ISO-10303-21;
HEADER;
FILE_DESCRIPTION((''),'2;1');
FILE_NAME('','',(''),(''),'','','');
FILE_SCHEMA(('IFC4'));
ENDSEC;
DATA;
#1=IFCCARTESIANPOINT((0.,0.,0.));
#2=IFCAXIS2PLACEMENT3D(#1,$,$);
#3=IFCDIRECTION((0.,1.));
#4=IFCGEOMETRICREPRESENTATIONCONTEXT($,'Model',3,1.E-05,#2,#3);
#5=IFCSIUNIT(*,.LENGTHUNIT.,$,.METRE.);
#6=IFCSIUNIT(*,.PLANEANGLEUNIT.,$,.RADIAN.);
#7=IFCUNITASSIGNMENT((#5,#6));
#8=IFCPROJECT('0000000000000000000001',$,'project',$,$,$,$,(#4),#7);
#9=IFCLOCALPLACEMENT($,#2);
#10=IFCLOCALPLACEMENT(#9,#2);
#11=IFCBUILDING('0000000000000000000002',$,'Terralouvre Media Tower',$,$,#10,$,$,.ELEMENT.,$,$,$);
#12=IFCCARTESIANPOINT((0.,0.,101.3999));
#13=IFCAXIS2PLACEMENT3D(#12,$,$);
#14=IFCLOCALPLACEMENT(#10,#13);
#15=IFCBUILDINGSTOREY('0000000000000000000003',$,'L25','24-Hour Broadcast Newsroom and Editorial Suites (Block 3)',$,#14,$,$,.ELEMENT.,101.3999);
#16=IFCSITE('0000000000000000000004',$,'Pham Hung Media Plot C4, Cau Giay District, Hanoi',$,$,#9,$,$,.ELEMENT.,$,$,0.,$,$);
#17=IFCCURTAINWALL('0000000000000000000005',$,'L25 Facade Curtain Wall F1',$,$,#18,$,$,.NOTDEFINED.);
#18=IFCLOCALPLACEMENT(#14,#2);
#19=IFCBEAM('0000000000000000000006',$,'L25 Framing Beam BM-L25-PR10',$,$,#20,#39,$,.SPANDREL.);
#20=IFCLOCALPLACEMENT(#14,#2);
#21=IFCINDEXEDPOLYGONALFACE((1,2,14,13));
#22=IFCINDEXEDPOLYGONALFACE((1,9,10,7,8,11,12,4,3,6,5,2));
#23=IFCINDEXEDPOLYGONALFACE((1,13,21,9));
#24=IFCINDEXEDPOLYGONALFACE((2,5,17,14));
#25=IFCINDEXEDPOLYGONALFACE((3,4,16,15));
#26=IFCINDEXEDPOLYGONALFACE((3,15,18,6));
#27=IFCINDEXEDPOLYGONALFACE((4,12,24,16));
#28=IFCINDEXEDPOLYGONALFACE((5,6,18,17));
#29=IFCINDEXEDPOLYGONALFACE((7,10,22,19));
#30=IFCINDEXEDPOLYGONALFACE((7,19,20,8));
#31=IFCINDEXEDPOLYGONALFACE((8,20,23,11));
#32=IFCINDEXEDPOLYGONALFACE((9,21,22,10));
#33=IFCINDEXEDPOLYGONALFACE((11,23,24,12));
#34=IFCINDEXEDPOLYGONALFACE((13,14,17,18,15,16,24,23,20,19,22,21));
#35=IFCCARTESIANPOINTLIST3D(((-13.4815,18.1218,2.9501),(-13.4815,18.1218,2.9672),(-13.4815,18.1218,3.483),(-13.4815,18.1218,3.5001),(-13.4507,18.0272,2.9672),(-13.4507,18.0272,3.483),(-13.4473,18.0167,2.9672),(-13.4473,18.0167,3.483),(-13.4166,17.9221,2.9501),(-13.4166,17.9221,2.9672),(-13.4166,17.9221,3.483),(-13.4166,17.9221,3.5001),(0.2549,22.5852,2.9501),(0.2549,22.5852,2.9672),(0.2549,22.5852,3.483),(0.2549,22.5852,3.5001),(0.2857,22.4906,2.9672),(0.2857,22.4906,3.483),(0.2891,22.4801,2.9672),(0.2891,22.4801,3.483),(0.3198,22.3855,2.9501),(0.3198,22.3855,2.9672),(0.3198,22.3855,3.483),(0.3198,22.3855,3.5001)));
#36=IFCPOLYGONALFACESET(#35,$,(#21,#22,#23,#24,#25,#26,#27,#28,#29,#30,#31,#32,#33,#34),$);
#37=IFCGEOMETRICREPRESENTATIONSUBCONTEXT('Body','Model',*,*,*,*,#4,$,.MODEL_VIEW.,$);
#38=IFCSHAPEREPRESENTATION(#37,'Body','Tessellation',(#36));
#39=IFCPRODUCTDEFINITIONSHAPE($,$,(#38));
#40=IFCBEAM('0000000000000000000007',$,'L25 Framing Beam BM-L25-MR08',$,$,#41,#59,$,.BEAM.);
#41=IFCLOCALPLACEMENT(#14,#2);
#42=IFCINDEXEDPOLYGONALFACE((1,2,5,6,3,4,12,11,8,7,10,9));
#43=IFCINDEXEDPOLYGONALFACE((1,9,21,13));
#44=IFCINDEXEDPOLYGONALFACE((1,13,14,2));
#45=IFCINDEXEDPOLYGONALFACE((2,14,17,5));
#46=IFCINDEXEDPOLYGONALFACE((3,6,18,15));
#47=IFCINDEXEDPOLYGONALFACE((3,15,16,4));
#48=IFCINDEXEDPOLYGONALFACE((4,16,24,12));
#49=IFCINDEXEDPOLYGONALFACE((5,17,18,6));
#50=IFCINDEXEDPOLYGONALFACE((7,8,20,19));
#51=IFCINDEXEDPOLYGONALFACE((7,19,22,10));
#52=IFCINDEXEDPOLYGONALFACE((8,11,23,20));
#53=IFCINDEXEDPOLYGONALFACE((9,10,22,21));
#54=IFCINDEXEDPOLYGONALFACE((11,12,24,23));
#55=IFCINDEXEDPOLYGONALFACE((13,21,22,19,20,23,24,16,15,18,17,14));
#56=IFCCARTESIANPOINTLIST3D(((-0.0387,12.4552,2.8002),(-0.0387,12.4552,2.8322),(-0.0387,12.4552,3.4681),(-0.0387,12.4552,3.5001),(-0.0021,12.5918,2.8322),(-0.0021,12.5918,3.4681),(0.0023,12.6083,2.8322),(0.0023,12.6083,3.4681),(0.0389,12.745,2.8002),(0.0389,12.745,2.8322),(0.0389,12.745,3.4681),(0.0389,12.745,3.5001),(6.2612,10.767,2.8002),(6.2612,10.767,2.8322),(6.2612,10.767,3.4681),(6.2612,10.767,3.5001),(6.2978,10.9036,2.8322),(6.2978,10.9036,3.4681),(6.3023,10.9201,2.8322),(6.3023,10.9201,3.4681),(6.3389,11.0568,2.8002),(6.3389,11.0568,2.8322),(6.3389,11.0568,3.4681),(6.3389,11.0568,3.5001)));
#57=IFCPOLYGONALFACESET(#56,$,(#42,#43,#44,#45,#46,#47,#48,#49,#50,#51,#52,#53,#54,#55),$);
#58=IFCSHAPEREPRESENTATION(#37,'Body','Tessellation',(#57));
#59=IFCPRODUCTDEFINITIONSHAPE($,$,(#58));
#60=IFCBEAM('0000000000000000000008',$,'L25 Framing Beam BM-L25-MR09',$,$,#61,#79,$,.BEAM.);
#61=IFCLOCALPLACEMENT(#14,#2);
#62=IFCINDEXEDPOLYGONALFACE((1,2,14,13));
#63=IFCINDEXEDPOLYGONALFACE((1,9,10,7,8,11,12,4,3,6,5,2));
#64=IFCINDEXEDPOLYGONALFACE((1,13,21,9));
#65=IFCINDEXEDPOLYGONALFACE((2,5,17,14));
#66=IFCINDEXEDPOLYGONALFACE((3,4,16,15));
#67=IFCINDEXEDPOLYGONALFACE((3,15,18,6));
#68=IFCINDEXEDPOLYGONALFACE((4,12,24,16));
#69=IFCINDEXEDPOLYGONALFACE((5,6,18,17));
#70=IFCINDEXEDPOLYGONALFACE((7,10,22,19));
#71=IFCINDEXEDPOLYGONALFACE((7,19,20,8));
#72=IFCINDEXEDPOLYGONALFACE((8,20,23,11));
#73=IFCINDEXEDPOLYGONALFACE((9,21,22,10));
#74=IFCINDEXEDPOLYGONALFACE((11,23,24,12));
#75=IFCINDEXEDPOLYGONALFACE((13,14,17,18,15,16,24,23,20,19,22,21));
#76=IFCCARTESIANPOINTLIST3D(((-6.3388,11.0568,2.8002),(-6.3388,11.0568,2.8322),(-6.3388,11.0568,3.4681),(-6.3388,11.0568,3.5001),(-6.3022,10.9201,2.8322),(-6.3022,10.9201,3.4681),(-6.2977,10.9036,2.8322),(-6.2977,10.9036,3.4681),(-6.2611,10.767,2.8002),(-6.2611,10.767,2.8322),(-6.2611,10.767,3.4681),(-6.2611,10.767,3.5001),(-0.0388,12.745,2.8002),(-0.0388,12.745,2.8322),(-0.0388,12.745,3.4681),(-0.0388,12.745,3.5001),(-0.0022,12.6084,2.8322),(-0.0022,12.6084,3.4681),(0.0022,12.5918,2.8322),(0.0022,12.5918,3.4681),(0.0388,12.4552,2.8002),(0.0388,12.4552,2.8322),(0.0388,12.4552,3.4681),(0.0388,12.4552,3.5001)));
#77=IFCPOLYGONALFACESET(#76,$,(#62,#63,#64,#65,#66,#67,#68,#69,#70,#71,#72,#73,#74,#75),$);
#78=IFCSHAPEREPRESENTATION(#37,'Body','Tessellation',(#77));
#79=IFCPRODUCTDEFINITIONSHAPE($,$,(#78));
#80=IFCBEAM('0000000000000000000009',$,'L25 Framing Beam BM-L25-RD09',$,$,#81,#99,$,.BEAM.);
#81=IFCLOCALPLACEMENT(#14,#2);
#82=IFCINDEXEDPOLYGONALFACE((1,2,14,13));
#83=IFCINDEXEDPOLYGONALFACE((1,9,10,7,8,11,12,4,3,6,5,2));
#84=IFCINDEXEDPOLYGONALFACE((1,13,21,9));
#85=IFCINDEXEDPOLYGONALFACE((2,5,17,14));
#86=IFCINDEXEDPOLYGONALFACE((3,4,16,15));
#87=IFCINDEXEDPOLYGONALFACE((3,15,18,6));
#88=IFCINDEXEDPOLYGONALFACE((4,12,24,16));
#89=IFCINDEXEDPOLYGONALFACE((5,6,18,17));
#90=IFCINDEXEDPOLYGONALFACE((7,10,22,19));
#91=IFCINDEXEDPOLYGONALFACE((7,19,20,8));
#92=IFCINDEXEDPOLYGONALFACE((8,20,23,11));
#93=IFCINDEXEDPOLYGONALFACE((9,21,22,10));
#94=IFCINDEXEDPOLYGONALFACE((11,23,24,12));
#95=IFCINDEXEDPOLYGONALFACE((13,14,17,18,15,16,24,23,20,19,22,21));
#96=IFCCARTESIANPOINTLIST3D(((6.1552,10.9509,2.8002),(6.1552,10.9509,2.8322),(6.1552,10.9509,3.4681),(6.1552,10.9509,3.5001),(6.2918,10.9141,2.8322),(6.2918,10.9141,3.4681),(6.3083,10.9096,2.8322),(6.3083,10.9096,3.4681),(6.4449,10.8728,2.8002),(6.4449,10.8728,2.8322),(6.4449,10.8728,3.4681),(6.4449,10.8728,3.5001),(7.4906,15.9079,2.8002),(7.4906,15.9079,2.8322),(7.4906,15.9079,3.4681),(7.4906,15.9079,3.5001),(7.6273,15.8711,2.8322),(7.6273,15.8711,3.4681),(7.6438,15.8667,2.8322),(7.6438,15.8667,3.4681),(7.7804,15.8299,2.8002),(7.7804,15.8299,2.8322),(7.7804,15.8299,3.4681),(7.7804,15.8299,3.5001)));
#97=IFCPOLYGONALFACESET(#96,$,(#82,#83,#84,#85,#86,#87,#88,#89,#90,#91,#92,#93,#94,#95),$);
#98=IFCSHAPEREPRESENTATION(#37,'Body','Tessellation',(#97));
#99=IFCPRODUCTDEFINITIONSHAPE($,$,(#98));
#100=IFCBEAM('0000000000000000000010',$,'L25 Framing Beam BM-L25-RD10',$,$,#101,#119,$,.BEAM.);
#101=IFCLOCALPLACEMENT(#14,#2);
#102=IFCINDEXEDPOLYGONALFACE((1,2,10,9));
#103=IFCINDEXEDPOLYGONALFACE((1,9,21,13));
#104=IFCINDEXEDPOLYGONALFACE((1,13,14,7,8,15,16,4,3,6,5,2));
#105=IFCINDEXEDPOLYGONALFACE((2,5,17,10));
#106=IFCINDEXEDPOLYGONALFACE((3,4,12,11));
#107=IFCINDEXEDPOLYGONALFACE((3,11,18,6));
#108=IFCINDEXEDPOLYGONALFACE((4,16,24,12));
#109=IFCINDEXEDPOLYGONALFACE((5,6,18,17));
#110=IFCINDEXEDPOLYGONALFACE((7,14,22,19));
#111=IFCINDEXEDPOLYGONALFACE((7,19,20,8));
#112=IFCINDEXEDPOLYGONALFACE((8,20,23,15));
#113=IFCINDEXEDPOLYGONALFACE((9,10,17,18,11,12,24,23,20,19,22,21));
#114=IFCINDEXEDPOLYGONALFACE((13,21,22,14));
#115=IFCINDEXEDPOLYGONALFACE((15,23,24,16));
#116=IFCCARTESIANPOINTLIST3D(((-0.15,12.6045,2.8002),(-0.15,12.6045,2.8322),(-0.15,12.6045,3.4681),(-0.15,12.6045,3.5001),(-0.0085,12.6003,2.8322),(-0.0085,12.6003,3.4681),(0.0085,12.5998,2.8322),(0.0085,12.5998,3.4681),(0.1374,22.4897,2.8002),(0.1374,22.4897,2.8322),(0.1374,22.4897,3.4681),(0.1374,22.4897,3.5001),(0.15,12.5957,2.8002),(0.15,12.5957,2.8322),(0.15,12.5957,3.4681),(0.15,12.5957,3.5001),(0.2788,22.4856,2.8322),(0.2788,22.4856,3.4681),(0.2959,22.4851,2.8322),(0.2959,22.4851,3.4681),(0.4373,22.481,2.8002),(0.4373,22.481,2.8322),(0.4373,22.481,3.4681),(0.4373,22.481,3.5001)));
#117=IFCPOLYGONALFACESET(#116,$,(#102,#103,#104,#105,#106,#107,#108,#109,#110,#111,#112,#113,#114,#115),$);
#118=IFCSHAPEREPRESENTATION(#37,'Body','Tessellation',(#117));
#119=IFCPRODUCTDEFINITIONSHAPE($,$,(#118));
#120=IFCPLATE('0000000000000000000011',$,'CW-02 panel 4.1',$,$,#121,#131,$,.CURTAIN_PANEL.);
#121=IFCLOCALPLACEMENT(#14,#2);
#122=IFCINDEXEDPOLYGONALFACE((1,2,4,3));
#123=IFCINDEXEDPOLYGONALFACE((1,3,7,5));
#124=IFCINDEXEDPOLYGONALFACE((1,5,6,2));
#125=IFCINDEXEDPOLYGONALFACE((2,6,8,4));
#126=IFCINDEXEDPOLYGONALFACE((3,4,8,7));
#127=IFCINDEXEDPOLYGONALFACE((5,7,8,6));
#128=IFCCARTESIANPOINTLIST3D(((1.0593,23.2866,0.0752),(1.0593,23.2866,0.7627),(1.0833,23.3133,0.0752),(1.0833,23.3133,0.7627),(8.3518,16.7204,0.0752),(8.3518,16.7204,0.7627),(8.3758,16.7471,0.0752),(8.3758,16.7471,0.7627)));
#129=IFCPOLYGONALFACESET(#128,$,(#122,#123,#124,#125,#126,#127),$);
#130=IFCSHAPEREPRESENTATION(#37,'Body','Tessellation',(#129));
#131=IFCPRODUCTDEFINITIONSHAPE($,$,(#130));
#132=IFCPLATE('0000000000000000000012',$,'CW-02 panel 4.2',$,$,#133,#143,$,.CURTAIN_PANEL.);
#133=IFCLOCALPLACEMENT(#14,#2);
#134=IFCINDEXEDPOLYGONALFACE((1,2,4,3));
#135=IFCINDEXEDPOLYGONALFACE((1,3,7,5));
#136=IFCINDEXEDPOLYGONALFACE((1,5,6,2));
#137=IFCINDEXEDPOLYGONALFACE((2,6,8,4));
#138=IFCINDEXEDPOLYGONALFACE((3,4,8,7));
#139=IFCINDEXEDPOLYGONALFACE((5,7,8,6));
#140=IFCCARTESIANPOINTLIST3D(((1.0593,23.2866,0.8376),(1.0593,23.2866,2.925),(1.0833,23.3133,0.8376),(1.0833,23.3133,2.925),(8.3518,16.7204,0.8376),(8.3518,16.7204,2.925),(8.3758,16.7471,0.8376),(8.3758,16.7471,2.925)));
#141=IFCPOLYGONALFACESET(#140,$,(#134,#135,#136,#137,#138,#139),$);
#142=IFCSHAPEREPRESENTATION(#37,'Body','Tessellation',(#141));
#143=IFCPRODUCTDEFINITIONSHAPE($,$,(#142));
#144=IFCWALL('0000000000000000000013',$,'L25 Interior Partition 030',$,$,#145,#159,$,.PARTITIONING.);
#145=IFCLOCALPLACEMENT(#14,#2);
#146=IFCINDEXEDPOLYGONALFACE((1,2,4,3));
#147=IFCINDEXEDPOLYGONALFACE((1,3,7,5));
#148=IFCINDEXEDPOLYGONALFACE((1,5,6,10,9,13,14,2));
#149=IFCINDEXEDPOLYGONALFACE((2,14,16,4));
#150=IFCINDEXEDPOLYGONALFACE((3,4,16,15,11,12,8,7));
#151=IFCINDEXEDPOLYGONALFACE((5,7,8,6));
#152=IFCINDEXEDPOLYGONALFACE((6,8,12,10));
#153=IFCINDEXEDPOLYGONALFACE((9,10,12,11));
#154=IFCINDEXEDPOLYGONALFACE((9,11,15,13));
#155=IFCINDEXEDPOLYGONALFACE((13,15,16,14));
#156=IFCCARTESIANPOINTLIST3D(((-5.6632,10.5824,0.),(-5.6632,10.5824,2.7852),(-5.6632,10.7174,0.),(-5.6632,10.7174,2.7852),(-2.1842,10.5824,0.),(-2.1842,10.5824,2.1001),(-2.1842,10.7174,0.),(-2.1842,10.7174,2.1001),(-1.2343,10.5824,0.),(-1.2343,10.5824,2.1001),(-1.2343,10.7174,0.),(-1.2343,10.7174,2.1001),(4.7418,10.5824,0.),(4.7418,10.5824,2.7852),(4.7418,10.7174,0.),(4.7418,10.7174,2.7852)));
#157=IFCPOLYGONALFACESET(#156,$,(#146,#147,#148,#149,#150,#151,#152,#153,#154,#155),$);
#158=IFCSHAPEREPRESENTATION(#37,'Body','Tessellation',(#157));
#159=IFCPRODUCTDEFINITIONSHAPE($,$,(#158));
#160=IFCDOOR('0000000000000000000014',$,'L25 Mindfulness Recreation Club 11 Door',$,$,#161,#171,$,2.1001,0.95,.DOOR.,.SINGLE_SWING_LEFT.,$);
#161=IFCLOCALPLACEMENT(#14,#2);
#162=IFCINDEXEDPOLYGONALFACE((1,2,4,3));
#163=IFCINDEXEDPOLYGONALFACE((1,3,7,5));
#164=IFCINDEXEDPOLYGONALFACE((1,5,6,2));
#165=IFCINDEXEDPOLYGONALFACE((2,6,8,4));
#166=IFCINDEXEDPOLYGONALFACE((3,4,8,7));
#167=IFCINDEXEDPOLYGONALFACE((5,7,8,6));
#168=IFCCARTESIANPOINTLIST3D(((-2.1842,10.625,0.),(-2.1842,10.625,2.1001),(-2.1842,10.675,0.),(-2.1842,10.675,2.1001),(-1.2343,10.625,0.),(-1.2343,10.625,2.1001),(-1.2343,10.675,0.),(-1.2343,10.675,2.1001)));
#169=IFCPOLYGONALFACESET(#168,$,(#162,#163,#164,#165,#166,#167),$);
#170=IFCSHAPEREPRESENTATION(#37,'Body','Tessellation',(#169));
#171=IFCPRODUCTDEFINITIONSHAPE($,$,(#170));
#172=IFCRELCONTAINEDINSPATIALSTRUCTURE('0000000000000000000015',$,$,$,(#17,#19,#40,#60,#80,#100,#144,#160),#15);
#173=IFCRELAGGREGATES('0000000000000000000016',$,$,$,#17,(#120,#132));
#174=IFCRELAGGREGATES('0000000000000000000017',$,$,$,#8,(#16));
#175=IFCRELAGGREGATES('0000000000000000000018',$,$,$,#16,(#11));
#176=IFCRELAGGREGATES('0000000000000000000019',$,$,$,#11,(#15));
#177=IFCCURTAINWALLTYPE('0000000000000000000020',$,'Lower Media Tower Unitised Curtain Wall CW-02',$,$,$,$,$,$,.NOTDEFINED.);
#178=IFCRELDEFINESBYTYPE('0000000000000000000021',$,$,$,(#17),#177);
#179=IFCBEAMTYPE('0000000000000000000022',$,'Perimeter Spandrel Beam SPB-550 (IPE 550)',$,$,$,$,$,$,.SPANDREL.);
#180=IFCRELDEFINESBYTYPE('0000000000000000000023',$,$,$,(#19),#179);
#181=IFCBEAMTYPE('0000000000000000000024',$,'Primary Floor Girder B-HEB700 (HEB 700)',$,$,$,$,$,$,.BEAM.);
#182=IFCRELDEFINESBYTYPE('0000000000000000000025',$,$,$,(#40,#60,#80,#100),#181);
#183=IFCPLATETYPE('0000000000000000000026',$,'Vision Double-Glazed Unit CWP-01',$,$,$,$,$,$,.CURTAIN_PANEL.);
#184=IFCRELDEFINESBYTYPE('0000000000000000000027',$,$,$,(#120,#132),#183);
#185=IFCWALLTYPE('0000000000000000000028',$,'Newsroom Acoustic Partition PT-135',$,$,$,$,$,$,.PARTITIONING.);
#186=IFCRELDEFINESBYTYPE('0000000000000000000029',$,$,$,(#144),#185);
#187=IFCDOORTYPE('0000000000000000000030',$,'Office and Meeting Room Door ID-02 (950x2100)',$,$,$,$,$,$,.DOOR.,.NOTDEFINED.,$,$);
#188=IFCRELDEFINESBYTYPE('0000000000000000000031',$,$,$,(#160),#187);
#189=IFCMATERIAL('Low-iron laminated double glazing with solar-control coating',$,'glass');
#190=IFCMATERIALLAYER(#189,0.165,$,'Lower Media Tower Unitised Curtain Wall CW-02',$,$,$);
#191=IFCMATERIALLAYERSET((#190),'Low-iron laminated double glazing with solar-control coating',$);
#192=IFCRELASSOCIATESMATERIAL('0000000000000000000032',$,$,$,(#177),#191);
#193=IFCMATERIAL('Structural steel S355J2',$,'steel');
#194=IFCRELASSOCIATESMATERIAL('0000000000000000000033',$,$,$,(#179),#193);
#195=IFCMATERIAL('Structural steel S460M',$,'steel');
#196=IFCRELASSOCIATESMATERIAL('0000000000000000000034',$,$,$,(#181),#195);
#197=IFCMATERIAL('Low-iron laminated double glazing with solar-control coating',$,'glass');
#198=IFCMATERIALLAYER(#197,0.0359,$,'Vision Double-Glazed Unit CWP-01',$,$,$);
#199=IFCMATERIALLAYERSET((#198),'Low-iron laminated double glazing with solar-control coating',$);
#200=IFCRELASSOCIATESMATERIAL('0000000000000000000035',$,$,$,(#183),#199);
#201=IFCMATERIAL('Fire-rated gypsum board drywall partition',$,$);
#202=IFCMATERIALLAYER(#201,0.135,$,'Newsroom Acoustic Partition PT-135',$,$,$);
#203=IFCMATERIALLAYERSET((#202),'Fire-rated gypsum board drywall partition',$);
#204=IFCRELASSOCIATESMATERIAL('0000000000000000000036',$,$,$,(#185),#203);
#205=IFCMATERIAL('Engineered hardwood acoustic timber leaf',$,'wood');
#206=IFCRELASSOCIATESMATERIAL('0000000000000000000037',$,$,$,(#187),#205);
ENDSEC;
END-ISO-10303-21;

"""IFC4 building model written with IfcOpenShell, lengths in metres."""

from ifc_helpers import new_model, si_unit, direction, frame, frame_2d, origin, origin_2d, place, context, subcontext, project, spatial, rectangle, i_section, extrude, material, layer, layer_set, material_profile, profile_set, type_object, element, fill, aggregate, save


model = new_model("IFC4")

# Units and contexts
model_context = context("Model", 3, precision=1e-05, world=origin(), true_north=direction((0.0, 1.0)))
body_context = subcontext(model_context, "Body", "Model", "MODEL_VIEW")
ifc_project = project(units=[si_unit("LENGTHUNIT", "METRE"), si_unit("PLANEANGLEUNIT", "RADIAN")], contexts=[model_context])

# Site, building, storey
site_placement = place(None, origin())
site = spatial("IfcSite", under=ifc_project, at=site_placement, Name="Pham Hung Media Plot C4, Cau Giay District, Hanoi", CompositionType="ELEMENT", RefElevation=0.0)
building_placement = place(site_placement, origin())
building = spatial("IfcBuilding", under=site, at=building_placement, Name="Terralouvre Media Tower", CompositionType="ELEMENT")
storey_placement = place(building_placement, frame((0.0, 0.0, 101.3999)))
storey = spatial("IfcBuildingStorey", under=building, at=storey_placement, Name="L25", Description="24-Hour Broadcast Newsroom and Editorial Suites (Block 3)", CompositionType="ELEMENT", Elevation=101.3999)

# Curtain wall
ifc_material_1 = material(Name="Low-iron laminated double glazing with solar-control coating", Category="glass")
ifc_layer_1 = layer(ifc_material_1, 0.165, Name="Lower Media Tower Unitised Curtain Wall CW-02")
ifc_layer_set_1 = layer_set([ifc_layer_1], Name="Low-iron laminated double glazing with solar-control coating")
curtain_wall_type = type_object("IfcCurtainWallType", Name="Lower Media Tower Unitised Curtain Wall CW-02", PredefinedType="NOTDEFINED", material=ifc_layer_set_1)
curtain_wall_placement = place(storey_placement, origin())
curtain_wall = element("IfcCurtainWall", 1, at=curtain_wall_placement, inside=storey, type_object=curtain_wall_type, Name="L25 Facade Curtain Wall F1", PredefinedType="NOTDEFINED")

# Beams
ifc_material_2 = material(Name="Structural steel S355J2", Category="steel")
ifc_material_profile_1 = material_profile(ifc_material_2, i_section(OverallWidth=0.21, OverallDepth=0.55, WebThickness=0.011, FlangeThickness=0.0171, at=origin_2d()), Name="IPE 550")
ifc_profile_set_1 = profile_set([ifc_material_profile_1], Name="Structural steel S355J2")
beam_type_1 = type_object("IfcBeamType", Name="Perimeter Spandrel Beam SPB-550 (IPE 550)", PredefinedType="SPANDREL", material=ifc_profile_set_1)
beam_1_placement = place(storey_placement, frame((0.2874, 22.4854, 3.2251), z_axis=(-0.951053, -0.309028, 0.0), x_axis=(0.309028, -0.951053, 0.0)))
element("IfcBeam", 2, at=beam_1_placement, inside=storey, type_object=beam_type_1, Name="L25 Framing Beam BM-L25-PR10", PredefinedType="SPANDREL", context=body_context, shape_type="SweptSolid", body=[
    extrude(i_section(OverallWidth=0.21, OverallDepth=0.55, WebThickness=0.011, FlangeThickness=0.0171, at=origin_2d()), origin(), (0.0, 0.0, 1.0), 14.4434),
])
ifc_material_3 = material(Name="Structural steel S460M", Category="steel")
ifc_material_profile_2 = material_profile(ifc_material_3, i_section(OverallWidth=0.3, OverallDepth=0.7, WebThickness=0.0171, FlangeThickness=0.032, at=origin_2d()), Name="HEB 700")
ifc_profile_set_2 = profile_set([ifc_material_profile_2], Name="Structural steel S460M")
beam_type_2 = type_object("IfcBeamType", Name="Primary Floor Girder B-HEB700 (HEB 700)", PredefinedType="BEAM", material=ifc_profile_set_2)
for number, where, z_axis, x_axis, name in (
    (3, (6.3, 10.9119, 3.1501), (-0.96592, 0.258839, 0.0), (-0.258839, -0.96592, 0.0), "L25 Framing Beam BM-L25-MR08"),
    (4, (0.0, 12.6001, 3.1501), (-0.96592, -0.258839, 0.0), (0.258839, -0.96592, 0.0), "L25 Framing Beam BM-L25-MR09"),
):
    element("IfcBeam", number, at=place(storey_placement, frame(where, z_axis=z_axis, x_axis=x_axis)), inside=storey, type_object=beam_type_2, Name=name, PredefinedType="BEAM", context=body_context, shape_type="SweptSolid", body=[
        extrude(i_section(OverallWidth=0.3, OverallDepth=0.7, WebThickness=0.0171, FlangeThickness=0.032, at=origin_2d()), origin(), (0.0, 0.0, 1.0), 6.5222),
    ])
beam_2_placement = place(storey_placement, frame((6.3, 10.9119, 3.1501), z_axis=(0.26013, 0.965574, 0.0), x_axis=(-0.965574, 0.26013, 0.0)))
element("IfcBeam", 5, at=beam_2_placement, inside=storey, type_object=beam_type_2, Name="L25 Framing Beam BM-L25-RD09", PredefinedType="BEAM", context=body_context, shape_type="SweptSolid", body=[
    extrude(i_section(OverallWidth=0.3, OverallDepth=0.7, WebThickness=0.0171, FlangeThickness=0.032, at=origin_2d()), origin(), (0.0, 0.0, 1.0), 5.1338),
])
beam_3_placement = place(storey_placement, frame((0.0, 12.6001, 3.1501), z_axis=(0.029057, 0.999578, 0.0), x_axis=(-0.999578, 0.029057, 0.0)))
element("IfcBeam", 6, at=beam_3_placement, inside=storey, type_object=beam_type_2, Name="L25 Framing Beam BM-L25-RD10", PredefinedType="BEAM", context=body_context, shape_type="SweptSolid", body=[
    extrude(i_section(OverallWidth=0.3, OverallDepth=0.7, WebThickness=0.0171, FlangeThickness=0.032, at=origin_2d()), origin(), (0.0, 0.0, 1.0), 9.8894),
])

# Plates
ifc_material_4 = material(Name="Low-iron laminated double glazing with solar-control coating", Category="glass")
ifc_layer_2 = layer(ifc_material_4, 0.0359, Name="Vision Double-Glazed Unit CWP-01")
ifc_layer_set_2 = layer_set([ifc_layer_2], Name="Low-iron laminated double glazing with solar-control coating")
plate_type = type_object("IfcPlateType", Name="Vision Double-Glazed Unit CWP-01", PredefinedType="CURTAIN_PANEL", material=ifc_layer_set_2)
plate_1_placement = place(storey_placement, frame((4.7175, 20.0168, 0.0752), z_axis=(0.0, 0.0, 1.0), x_axis=(-0.743145, 0.669131, 0.0)))
plate_1 = element("IfcPlate", 7, at=plate_1_placement, type_object=plate_type, Name="CW-02 panel 4.1", PredefinedType="CURTAIN_PANEL", context=body_context, shape_type="SweptSolid", body=[
    extrude(rectangle(XDim=9.813, YDim=0.0359, at=origin_2d()), origin(), (0.0, 0.0, 1.0), 0.6875),
])
plate_2_placement = place(storey_placement, frame((4.7175, 20.0168, 0.8376), z_axis=(0.0, 0.0, 1.0), x_axis=(-0.743145, 0.669131, 0.0)))
plate_2 = element("IfcPlate", 8, at=plate_2_placement, type_object=plate_type, Name="CW-02 panel 4.2", PredefinedType="CURTAIN_PANEL", context=body_context, shape_type="SweptSolid", body=[
    extrude(rectangle(XDim=9.813, YDim=0.0359, at=origin_2d()), origin(), (0.0, 0.0, 1.0), 2.0874),
])
aggregate(curtain_wall, [plate_1, plate_2])

# Wall, opening, door
ifc_material_5 = material(Name="Fire-rated gypsum board drywall partition")
ifc_layer_3 = layer(ifc_material_5, 0.135, Name="Newsroom Acoustic Partition PT-135")
ifc_layer_set_3 = layer_set([ifc_layer_3], Name="Fire-rated gypsum board drywall partition")
wall_type = type_object("IfcWallType", Name="Newsroom Acoustic Partition PT-135", PredefinedType="PARTITIONING", material=ifc_layer_set_3)
wall_1_placement = place(storey_placement, frame((4.7419, 10.6499, 0.0), z_axis=(0.0, 0.0, 1.0), x_axis=(-1.0, 0.0, 0.0)))
wall_1 = element("IfcWall", 9, at=wall_1_placement, inside=storey, type_object=wall_type, Name="L25 Interior Partition 030", PredefinedType="PARTITIONING", context=body_context, shape_type="SweptSolid", body=[
    extrude(rectangle(XDim=10.405, YDim=0.135, at=frame_2d((5.2026, 0.0))), origin(), (0.0, 0.0, 1.0), 2.7852),
])
opening_1_placement = place(wall_1_placement, frame((5.9761, 0.0, 0.0)))
opening_1 = element("IfcOpeningElement", 10, at=opening_1_placement, cuts=wall_1, PredefinedType="OPENING", context=body_context, shape_type="SweptSolid", body=[
    extrude(rectangle(XDim=0.95, YDim=2.1001, at=frame_2d((0.4751, 1.05))), frame((0.0, 0.0774, 0.0), z_axis=(0.0, -1.0, 0.0), x_axis=(1.0, 0.0, 0.0)), (0.0, 0.0, 1.0), 0.155),
])
ifc_material_6 = material(Name="Engineered hardwood acoustic timber leaf", Category="wood")
door_type_1 = type_object("IfcDoorType", Name="Office and Meeting Room Door ID-02 (950x2100)", OperationType="NOTDEFINED", PredefinedType="DOOR", material=ifc_material_6)
door_1_placement = place(opening_1_placement, origin())
door_1 = element("IfcDoor", 11, at=door_1_placement, inside=storey, type_object=door_type_1, Name="L25 Mindfulness Recreation Club 11 Door", OperationType="SINGLE_SWING_LEFT", OverallHeight=2.1001, OverallWidth=0.95, PredefinedType="DOOR", context=body_context, shape_type="SweptSolid", body=[
    extrude(rectangle(XDim=0.95, YDim=2.1001, at=frame_2d((0.4751, 1.05))), frame((0.0, 0.0249, 0.0), z_axis=(0.0, -1.0, 0.0), x_axis=(1.0, 0.0, 0.0)), (0.0, 0.0, 1.0), 0.05),
])
fill(opening_1, door_1)

save(model, "model.ifc")
